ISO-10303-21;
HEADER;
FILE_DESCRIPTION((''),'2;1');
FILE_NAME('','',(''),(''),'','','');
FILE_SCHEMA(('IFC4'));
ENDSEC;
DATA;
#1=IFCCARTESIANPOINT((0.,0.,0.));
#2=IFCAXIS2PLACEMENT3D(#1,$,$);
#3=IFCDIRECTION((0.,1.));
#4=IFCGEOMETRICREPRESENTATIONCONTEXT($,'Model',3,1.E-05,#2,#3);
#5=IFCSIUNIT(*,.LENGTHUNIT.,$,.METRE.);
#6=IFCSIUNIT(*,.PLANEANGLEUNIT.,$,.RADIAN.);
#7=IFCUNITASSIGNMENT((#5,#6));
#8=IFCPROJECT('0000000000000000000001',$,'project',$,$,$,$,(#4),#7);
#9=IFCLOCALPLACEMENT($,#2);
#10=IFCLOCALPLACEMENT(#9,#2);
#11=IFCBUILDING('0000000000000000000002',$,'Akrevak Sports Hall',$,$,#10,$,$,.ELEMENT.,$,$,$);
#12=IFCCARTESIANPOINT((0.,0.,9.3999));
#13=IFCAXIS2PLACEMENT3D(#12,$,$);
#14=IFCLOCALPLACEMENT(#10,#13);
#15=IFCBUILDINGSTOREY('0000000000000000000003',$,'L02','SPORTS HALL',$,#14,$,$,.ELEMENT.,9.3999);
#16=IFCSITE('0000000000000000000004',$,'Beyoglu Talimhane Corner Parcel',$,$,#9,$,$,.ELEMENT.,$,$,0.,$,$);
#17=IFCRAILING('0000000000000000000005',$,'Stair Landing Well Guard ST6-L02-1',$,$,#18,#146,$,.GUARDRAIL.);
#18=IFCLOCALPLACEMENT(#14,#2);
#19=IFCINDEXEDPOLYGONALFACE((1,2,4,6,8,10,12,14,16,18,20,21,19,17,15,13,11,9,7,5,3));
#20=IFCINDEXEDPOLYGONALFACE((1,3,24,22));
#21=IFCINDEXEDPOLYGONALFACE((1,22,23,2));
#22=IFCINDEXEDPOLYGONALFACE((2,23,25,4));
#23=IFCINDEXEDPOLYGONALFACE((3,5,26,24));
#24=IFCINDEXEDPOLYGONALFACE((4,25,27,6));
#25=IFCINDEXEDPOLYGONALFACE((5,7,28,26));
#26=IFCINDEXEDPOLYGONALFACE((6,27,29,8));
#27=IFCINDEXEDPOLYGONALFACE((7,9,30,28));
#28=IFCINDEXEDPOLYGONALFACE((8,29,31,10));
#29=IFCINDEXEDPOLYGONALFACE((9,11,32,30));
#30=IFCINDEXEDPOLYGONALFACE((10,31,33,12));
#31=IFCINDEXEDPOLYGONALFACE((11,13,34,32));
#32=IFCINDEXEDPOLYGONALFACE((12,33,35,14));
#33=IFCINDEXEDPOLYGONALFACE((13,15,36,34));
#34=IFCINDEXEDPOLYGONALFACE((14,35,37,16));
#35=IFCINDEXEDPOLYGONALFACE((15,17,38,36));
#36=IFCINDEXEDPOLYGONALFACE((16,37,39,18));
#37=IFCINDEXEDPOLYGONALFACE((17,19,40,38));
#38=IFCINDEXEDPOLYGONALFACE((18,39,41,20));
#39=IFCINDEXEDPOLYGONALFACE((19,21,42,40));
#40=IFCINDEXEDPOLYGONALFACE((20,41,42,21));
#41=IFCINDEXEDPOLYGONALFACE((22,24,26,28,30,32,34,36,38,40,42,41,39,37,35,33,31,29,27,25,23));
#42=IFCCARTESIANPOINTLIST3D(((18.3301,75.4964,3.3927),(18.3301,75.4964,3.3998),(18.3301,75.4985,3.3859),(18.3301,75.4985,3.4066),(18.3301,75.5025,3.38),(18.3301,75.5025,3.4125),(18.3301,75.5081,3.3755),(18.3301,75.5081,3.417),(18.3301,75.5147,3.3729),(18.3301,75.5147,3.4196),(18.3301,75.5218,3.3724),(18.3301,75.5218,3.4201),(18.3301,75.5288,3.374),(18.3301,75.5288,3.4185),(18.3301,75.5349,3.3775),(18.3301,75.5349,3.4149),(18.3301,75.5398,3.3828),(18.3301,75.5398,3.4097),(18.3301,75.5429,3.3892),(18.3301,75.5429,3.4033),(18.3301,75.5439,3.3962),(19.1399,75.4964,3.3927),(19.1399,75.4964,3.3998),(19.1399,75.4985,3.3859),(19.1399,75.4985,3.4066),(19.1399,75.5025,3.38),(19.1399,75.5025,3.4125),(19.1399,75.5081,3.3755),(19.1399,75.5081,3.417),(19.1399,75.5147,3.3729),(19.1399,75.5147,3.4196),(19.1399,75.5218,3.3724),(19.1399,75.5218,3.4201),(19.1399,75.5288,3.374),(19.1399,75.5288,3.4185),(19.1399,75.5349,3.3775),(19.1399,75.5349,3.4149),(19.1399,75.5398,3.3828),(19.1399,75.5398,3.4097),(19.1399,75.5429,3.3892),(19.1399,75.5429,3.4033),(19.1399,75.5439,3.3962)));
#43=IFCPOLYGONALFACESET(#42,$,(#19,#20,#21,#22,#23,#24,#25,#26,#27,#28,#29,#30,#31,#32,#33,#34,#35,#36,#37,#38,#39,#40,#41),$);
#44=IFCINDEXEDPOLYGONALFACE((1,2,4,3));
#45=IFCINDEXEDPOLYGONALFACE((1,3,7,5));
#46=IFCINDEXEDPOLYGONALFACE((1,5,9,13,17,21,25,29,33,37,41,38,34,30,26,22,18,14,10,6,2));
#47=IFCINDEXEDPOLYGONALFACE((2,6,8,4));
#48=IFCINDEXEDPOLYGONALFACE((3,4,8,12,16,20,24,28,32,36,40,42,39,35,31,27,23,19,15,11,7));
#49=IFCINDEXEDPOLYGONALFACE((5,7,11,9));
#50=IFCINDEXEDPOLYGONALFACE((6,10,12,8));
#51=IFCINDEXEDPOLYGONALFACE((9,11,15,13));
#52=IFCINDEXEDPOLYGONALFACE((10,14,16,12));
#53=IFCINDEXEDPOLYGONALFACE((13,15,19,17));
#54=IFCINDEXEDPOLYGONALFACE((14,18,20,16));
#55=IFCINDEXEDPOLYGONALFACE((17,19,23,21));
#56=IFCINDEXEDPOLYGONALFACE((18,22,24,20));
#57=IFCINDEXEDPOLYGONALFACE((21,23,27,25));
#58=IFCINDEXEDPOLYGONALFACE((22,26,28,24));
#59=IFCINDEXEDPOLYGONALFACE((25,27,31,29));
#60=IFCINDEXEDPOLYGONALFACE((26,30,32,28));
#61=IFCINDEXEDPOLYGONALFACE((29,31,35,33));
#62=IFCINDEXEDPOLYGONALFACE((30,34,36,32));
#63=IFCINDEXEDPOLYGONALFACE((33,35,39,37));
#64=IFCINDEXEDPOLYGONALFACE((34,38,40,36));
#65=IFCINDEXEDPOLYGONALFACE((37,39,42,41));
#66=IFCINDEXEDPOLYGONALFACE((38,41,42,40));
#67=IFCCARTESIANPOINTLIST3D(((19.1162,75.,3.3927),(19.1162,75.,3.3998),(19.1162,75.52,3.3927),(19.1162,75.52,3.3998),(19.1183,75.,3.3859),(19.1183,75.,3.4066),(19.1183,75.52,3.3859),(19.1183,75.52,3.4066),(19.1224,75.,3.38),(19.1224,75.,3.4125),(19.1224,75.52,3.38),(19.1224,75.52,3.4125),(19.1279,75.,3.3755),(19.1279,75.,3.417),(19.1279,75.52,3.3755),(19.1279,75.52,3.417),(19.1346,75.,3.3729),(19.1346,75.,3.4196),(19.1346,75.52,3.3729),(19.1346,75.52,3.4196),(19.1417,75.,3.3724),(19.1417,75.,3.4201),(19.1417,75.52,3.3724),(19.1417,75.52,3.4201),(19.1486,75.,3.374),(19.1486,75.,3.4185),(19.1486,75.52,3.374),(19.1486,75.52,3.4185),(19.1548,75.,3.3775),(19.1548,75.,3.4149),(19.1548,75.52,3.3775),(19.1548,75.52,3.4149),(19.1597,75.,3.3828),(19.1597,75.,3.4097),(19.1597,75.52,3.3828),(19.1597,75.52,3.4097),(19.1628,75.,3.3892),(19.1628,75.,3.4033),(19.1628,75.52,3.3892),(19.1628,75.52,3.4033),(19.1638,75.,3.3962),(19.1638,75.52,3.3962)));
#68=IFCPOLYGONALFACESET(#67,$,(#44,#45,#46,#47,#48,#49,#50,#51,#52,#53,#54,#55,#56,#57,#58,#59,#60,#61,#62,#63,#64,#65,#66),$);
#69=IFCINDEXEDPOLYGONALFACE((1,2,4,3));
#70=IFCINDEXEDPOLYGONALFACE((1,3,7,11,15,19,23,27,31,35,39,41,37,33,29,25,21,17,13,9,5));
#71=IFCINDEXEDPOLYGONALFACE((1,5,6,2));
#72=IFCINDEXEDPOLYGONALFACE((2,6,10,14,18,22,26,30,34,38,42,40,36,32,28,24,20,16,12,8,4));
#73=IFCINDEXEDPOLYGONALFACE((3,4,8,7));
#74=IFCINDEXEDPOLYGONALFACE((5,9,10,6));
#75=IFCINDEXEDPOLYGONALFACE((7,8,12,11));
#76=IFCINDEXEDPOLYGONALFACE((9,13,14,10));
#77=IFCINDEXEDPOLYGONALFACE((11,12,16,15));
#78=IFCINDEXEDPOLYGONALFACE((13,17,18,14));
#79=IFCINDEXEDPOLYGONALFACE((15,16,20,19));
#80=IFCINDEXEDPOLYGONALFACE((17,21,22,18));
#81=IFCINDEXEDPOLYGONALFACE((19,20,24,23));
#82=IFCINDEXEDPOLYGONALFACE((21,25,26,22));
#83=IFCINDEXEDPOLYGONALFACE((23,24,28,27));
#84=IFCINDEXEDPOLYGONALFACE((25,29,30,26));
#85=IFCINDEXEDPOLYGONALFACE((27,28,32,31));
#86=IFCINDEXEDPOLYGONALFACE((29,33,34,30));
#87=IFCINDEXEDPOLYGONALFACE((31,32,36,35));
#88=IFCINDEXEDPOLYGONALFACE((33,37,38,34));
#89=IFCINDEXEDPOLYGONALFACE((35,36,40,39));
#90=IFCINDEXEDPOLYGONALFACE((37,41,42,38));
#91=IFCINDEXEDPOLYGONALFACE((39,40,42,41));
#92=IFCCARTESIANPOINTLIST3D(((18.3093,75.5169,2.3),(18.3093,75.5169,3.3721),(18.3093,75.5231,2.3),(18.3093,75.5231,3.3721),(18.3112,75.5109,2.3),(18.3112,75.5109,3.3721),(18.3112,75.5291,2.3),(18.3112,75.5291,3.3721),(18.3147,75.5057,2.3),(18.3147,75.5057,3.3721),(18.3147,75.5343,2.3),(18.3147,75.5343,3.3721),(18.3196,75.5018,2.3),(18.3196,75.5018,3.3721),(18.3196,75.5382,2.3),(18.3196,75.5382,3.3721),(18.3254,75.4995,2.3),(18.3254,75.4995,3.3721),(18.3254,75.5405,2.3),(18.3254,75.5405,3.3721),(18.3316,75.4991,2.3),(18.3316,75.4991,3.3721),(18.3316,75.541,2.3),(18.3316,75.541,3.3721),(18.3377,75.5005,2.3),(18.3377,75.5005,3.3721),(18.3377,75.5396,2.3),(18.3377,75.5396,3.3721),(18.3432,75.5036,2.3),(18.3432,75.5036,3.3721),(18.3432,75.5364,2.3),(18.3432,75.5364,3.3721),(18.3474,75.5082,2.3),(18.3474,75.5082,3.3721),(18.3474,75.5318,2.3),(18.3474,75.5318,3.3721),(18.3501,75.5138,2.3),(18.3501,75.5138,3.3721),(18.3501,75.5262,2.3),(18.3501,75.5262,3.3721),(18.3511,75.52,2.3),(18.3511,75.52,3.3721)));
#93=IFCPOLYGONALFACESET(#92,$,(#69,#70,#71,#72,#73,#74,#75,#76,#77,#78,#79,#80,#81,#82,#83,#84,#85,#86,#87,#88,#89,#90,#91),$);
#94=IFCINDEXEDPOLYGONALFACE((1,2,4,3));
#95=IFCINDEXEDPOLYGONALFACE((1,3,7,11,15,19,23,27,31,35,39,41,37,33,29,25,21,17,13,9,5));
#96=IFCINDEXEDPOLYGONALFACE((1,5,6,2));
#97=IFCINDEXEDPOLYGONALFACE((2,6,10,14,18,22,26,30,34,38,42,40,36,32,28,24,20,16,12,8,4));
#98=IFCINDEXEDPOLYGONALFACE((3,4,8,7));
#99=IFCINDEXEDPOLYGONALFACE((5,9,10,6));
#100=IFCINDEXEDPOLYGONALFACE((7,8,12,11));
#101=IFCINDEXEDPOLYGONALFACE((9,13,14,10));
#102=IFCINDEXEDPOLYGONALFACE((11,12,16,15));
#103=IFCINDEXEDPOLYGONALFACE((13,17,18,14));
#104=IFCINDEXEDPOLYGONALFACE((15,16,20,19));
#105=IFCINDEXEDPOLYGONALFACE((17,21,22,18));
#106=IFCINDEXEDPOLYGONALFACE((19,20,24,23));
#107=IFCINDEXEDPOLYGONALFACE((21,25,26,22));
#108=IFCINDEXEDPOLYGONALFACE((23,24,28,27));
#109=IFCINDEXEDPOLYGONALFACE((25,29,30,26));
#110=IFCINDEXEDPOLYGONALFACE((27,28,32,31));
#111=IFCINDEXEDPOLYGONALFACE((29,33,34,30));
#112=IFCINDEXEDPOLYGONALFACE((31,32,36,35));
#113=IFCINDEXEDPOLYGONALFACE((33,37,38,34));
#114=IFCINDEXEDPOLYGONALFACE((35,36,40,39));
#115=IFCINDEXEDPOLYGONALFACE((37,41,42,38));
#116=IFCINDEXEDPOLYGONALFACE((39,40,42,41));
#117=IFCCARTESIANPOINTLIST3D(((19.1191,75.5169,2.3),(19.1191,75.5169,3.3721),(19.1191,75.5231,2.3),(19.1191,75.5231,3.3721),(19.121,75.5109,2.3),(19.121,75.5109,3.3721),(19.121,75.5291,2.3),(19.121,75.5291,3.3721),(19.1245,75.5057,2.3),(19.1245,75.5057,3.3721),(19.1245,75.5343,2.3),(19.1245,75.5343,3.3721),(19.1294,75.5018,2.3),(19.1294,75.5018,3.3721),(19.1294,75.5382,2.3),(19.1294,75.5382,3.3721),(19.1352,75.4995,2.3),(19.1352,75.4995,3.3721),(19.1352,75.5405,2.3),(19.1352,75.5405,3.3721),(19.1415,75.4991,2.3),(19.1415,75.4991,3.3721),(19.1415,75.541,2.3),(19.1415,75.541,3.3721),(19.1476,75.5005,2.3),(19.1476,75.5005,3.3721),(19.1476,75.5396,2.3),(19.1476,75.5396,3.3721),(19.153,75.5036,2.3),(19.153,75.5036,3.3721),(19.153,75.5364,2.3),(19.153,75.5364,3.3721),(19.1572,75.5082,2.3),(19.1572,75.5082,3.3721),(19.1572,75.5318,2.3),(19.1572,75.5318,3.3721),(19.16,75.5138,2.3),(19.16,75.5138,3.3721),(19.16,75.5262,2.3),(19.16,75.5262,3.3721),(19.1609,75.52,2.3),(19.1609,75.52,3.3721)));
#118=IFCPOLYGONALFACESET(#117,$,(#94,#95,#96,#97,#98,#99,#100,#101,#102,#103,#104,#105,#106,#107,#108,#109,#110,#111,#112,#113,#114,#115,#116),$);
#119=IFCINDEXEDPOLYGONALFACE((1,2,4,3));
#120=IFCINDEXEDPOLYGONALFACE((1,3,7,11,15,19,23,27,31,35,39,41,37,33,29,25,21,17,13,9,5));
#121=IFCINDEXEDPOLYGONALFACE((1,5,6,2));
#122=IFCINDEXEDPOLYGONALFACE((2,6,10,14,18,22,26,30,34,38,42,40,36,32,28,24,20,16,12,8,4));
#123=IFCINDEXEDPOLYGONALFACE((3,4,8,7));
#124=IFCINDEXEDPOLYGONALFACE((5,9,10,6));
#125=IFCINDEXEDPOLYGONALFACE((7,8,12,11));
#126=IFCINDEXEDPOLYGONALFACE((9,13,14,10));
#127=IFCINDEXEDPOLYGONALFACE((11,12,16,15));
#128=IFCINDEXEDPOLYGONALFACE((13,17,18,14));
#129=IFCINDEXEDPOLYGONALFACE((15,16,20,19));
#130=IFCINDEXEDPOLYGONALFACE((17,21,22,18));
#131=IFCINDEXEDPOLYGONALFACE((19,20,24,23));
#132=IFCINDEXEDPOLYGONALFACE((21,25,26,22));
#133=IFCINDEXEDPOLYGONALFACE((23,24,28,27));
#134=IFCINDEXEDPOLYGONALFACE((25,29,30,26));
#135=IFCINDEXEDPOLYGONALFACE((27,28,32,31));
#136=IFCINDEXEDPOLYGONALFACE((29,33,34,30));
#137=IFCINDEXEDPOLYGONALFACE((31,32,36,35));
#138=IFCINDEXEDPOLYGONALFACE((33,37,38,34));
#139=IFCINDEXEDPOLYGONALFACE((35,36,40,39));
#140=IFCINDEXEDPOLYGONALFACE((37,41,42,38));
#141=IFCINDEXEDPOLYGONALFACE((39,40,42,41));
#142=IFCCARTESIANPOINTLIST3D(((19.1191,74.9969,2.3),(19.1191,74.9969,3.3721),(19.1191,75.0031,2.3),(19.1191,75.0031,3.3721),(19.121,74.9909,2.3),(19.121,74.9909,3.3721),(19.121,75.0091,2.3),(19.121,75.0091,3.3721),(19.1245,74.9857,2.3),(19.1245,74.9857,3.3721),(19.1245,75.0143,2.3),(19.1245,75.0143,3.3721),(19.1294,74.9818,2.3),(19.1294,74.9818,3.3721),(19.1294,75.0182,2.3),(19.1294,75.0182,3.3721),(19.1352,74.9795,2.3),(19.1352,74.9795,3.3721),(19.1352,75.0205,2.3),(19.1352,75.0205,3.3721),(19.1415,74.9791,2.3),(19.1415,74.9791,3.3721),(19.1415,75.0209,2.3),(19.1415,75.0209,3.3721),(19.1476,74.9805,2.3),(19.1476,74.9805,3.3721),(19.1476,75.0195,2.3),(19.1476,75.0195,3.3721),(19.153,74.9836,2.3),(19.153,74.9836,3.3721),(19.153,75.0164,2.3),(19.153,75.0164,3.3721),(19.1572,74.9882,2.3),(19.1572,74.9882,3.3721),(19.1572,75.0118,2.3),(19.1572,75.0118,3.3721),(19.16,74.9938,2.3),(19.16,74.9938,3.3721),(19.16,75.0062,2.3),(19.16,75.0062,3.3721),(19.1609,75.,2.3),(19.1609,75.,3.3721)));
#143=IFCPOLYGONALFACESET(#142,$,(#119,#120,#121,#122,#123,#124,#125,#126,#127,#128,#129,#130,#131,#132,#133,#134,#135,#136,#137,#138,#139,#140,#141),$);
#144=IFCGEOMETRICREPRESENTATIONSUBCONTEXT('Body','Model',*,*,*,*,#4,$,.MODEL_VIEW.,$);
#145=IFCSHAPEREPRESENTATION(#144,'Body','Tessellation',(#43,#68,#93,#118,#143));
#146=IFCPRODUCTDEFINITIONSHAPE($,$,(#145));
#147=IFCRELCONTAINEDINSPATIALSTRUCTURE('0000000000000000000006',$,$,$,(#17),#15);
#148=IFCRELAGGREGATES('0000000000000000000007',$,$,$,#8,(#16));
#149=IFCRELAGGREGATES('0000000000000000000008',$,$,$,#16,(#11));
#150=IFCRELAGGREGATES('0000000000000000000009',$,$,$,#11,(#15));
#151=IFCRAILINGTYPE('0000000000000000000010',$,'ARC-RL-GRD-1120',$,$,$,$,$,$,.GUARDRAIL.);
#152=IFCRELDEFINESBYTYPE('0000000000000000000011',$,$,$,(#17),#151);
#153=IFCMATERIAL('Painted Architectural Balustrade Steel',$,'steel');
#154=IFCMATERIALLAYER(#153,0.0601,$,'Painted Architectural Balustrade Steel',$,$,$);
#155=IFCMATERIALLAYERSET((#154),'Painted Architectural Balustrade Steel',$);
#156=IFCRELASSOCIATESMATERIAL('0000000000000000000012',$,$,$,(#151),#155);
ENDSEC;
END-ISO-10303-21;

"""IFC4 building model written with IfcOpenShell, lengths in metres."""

from ifc_helpers import new_model, si_unit, direction, frame, origin, origin_2d, place, context, subcontext, project, spatial, circle, extrude, material, layer, layer_set, type_object, element, save


model = new_model("IFC4")

# Units and contexts
model_context = context("Model", 3, precision=1e-05, world=origin(), true_north=direction((0.0, 1.0)))
body_context = subcontext(model_context, "Body", "Model", "MODEL_VIEW")
ifc_project = project(units=[si_unit("LENGTHUNIT", "METRE"), si_unit("PLANEANGLEUNIT", "RADIAN")], contexts=[model_context])

# Site, building, storey
site_placement = place(None, origin())
site = spatial("IfcSite", under=ifc_project, at=site_placement, Name="Beyoglu Talimhane Corner Parcel", CompositionType="ELEMENT", RefElevation=0.0)
building_placement = place(site_placement, origin())
building = spatial("IfcBuilding", under=site, at=building_placement, Name="Akrevak Sports Hall", CompositionType="ELEMENT")
storey_placement = place(building_placement, frame((0.0, 0.0, 9.3999)))
storey = spatial("IfcBuildingStorey", under=building, at=storey_placement, Name="L02", Description="SPORTS HALL", CompositionType="ELEMENT", Elevation=9.3999)

# Railing
ifc_material_1 = material(Name="Painted Architectural Balustrade Steel", Category="steel")
ifc_layer_1 = layer(ifc_material_1, 0.0601, Name="Painted Architectural Balustrade Steel")
ifc_layer_set_1 = layer_set([ifc_layer_1], Name="Painted Architectural Balustrade Steel")
railing_type = type_object("IfcRailingType", Name="ARC-RL-GRD-1120", PredefinedType="GUARDRAIL", material=ifc_layer_set_1)
railing_placement = place(storey_placement, frame((18.3301, 75.52, 2.3)))
element("IfcRailing", 1, at=railing_placement, inside=storey, type_object=railing_type, Name="Stair Landing Well Guard ST6-L02-1", PredefinedType="GUARDRAIL", context=body_context, shape_type="SweptSolid", body=[
    extrude(circle(Radius=0.0239, at=origin_2d()), frame((0.0, 0.0, 1.0962), z_axis=(1.0, 0.0, 0.0), x_axis=(0.0, 1.0, 0.0)), (0.0, 0.0, 1.0), 0.8098),
    extrude(circle(Radius=0.0239, at=origin_2d()), frame((0.8098, 0.0, 1.0962), z_axis=(0.0, -1.0, 0.0), x_axis=(1.0, 0.0, 0.0)), (0.0, 0.0, 1.0), 0.52),
    extrude(circle(Radius=0.021, at=origin_2d()), origin(), (0.0, 0.0, 1.0), 1.072),
    extrude(circle(Radius=0.021, at=origin_2d()), frame((0.8098, 0.0, 0.0)), (0.0, 0.0, 1.0), 1.072),
    extrude(circle(Radius=0.021, at=origin_2d()), frame((0.8098, -0.52, 0.0)), (0.0, 0.0, 1.0), 1.072),
])

save(model, "model.ifc")
